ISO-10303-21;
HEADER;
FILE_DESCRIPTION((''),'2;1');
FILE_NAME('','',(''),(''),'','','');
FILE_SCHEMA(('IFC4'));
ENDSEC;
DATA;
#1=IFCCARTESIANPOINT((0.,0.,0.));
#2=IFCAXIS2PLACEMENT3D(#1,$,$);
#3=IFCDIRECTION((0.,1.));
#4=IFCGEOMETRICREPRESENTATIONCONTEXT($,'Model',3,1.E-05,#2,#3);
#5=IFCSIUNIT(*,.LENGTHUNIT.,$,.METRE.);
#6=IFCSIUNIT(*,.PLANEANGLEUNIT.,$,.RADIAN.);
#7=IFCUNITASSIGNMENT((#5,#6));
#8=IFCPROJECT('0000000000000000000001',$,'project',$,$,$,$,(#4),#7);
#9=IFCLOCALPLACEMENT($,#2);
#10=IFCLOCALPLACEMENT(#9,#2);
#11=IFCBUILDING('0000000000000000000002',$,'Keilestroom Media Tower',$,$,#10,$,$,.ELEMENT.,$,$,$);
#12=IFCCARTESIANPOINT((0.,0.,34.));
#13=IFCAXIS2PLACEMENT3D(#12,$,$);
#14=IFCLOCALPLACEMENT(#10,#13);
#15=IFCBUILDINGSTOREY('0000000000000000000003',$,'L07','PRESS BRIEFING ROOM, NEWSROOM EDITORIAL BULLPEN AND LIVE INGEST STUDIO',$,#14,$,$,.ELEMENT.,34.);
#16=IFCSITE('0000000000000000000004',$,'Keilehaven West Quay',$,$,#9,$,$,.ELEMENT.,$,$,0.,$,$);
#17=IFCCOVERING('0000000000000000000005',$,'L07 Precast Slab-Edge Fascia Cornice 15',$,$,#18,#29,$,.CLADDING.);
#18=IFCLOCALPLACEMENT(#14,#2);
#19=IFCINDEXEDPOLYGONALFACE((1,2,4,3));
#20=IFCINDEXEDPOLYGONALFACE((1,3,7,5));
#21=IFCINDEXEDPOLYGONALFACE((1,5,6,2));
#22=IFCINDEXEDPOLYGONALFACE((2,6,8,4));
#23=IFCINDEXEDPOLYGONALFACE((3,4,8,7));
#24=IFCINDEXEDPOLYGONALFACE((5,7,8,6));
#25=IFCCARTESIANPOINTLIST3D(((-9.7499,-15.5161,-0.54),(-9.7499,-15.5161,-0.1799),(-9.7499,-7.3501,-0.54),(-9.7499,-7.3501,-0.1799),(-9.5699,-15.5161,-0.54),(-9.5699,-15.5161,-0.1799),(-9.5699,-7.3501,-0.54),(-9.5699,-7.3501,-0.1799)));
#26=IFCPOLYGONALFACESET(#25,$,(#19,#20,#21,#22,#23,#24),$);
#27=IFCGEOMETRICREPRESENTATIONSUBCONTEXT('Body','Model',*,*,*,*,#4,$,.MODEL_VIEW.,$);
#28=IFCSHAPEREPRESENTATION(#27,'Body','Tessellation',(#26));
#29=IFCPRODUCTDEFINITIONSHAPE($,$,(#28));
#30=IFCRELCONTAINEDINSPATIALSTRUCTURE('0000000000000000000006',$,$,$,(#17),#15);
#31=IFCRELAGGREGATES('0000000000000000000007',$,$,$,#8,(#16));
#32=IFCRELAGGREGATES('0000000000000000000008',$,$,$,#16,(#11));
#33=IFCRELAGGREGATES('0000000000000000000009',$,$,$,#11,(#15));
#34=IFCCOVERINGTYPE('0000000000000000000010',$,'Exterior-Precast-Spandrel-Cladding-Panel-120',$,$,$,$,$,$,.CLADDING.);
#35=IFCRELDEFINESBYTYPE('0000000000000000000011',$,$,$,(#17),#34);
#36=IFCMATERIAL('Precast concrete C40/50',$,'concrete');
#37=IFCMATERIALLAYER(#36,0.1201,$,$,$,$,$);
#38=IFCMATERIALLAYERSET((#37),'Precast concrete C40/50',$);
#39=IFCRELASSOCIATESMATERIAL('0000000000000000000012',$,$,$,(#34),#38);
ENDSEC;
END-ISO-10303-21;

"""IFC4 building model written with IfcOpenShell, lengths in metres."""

from ifc_helpers import new_model, si_unit, direction, frame, origin, origin_2d, place, context, subcontext, project, spatial, rectangle, extrude, source, transform, mapped, material, layer, layer_set, type_object, element, save


model = new_model("IFC4")

# Units and contexts
model_context = context("Model", 3, precision=1e-05, world=origin(), true_north=direction((0.0, 1.0)))
body_context = subcontext(model_context, "Body", "Model", "MODEL_VIEW")
ifc_project = project(units=[si_unit("LENGTHUNIT", "METRE"), si_unit("PLANEANGLEUNIT", "RADIAN")], contexts=[model_context])

# Site, building, storey
site_placement = place(None, origin())
site = spatial("IfcSite", under=ifc_project, at=site_placement, Name="Keilehaven West Quay", CompositionType="ELEMENT", RefElevation=0.0)
building_placement = place(site_placement, origin())
building = spatial("IfcBuilding", under=site, at=building_placement, Name="Keilestroom Media Tower", CompositionType="ELEMENT")
storey_placement = place(building_placement, frame((0.0, 0.0, 34.0)))
storey = spatial("IfcBuildingStorey", under=building, at=storey_placement, Name="L07", Description="PRESS BRIEFING ROOM, NEWSROOM EDITORIAL BULLPEN AND LIVE INGEST STUDIO", CompositionType="ELEMENT", Elevation=34.0)

# Shared definitions
ifc_material_1 = material(Name="Precast concrete C40/50", Category="concrete")

# Covering
ifc_layer_1 = layer(ifc_material_1, 0.1201)
ifc_layer_set_1 = layer_set([ifc_layer_1], Name="Precast concrete C40/50")
covering_type = type_object("IfcCoveringType", Name="Exterior-Precast-Spandrel-Cladding-Panel-120", PredefinedType="CLADDING", material=ifc_layer_set_1)
shared_shape_1 = source(origin(), body_context, "Body", "SweptSolid", [
    extrude(rectangle(XDim=8.166, YDim=0.1799, at=origin_2d()), origin(), (0.0, 0.0, 1.0), 0.3601),
])
covering_placement = place(storey_placement, frame((-9.6599, -11.4331, -0.54), z_axis=(0.0, 0.0, 1.0), x_axis=(0.0, 1.0, 0.0)))
element("IfcCovering", 1, at=covering_placement, inside=storey, type_object=covering_type, Name="L07 Precast Slab-Edge Fascia Cornice 15", PredefinedType="CLADDING", context=body_context, shape_type="MappedRepresentation", body=[
    mapped(shared_shape_1, transform((0.0, 0.0, 0.0), x_axis=(1.0, 0.0, 0.0), y_axis=(0.0, 1.0, 0.0), z_axis=(0.0, 0.0, 1.0), scale=1.0)),
])

save(model, "model.ifc")
